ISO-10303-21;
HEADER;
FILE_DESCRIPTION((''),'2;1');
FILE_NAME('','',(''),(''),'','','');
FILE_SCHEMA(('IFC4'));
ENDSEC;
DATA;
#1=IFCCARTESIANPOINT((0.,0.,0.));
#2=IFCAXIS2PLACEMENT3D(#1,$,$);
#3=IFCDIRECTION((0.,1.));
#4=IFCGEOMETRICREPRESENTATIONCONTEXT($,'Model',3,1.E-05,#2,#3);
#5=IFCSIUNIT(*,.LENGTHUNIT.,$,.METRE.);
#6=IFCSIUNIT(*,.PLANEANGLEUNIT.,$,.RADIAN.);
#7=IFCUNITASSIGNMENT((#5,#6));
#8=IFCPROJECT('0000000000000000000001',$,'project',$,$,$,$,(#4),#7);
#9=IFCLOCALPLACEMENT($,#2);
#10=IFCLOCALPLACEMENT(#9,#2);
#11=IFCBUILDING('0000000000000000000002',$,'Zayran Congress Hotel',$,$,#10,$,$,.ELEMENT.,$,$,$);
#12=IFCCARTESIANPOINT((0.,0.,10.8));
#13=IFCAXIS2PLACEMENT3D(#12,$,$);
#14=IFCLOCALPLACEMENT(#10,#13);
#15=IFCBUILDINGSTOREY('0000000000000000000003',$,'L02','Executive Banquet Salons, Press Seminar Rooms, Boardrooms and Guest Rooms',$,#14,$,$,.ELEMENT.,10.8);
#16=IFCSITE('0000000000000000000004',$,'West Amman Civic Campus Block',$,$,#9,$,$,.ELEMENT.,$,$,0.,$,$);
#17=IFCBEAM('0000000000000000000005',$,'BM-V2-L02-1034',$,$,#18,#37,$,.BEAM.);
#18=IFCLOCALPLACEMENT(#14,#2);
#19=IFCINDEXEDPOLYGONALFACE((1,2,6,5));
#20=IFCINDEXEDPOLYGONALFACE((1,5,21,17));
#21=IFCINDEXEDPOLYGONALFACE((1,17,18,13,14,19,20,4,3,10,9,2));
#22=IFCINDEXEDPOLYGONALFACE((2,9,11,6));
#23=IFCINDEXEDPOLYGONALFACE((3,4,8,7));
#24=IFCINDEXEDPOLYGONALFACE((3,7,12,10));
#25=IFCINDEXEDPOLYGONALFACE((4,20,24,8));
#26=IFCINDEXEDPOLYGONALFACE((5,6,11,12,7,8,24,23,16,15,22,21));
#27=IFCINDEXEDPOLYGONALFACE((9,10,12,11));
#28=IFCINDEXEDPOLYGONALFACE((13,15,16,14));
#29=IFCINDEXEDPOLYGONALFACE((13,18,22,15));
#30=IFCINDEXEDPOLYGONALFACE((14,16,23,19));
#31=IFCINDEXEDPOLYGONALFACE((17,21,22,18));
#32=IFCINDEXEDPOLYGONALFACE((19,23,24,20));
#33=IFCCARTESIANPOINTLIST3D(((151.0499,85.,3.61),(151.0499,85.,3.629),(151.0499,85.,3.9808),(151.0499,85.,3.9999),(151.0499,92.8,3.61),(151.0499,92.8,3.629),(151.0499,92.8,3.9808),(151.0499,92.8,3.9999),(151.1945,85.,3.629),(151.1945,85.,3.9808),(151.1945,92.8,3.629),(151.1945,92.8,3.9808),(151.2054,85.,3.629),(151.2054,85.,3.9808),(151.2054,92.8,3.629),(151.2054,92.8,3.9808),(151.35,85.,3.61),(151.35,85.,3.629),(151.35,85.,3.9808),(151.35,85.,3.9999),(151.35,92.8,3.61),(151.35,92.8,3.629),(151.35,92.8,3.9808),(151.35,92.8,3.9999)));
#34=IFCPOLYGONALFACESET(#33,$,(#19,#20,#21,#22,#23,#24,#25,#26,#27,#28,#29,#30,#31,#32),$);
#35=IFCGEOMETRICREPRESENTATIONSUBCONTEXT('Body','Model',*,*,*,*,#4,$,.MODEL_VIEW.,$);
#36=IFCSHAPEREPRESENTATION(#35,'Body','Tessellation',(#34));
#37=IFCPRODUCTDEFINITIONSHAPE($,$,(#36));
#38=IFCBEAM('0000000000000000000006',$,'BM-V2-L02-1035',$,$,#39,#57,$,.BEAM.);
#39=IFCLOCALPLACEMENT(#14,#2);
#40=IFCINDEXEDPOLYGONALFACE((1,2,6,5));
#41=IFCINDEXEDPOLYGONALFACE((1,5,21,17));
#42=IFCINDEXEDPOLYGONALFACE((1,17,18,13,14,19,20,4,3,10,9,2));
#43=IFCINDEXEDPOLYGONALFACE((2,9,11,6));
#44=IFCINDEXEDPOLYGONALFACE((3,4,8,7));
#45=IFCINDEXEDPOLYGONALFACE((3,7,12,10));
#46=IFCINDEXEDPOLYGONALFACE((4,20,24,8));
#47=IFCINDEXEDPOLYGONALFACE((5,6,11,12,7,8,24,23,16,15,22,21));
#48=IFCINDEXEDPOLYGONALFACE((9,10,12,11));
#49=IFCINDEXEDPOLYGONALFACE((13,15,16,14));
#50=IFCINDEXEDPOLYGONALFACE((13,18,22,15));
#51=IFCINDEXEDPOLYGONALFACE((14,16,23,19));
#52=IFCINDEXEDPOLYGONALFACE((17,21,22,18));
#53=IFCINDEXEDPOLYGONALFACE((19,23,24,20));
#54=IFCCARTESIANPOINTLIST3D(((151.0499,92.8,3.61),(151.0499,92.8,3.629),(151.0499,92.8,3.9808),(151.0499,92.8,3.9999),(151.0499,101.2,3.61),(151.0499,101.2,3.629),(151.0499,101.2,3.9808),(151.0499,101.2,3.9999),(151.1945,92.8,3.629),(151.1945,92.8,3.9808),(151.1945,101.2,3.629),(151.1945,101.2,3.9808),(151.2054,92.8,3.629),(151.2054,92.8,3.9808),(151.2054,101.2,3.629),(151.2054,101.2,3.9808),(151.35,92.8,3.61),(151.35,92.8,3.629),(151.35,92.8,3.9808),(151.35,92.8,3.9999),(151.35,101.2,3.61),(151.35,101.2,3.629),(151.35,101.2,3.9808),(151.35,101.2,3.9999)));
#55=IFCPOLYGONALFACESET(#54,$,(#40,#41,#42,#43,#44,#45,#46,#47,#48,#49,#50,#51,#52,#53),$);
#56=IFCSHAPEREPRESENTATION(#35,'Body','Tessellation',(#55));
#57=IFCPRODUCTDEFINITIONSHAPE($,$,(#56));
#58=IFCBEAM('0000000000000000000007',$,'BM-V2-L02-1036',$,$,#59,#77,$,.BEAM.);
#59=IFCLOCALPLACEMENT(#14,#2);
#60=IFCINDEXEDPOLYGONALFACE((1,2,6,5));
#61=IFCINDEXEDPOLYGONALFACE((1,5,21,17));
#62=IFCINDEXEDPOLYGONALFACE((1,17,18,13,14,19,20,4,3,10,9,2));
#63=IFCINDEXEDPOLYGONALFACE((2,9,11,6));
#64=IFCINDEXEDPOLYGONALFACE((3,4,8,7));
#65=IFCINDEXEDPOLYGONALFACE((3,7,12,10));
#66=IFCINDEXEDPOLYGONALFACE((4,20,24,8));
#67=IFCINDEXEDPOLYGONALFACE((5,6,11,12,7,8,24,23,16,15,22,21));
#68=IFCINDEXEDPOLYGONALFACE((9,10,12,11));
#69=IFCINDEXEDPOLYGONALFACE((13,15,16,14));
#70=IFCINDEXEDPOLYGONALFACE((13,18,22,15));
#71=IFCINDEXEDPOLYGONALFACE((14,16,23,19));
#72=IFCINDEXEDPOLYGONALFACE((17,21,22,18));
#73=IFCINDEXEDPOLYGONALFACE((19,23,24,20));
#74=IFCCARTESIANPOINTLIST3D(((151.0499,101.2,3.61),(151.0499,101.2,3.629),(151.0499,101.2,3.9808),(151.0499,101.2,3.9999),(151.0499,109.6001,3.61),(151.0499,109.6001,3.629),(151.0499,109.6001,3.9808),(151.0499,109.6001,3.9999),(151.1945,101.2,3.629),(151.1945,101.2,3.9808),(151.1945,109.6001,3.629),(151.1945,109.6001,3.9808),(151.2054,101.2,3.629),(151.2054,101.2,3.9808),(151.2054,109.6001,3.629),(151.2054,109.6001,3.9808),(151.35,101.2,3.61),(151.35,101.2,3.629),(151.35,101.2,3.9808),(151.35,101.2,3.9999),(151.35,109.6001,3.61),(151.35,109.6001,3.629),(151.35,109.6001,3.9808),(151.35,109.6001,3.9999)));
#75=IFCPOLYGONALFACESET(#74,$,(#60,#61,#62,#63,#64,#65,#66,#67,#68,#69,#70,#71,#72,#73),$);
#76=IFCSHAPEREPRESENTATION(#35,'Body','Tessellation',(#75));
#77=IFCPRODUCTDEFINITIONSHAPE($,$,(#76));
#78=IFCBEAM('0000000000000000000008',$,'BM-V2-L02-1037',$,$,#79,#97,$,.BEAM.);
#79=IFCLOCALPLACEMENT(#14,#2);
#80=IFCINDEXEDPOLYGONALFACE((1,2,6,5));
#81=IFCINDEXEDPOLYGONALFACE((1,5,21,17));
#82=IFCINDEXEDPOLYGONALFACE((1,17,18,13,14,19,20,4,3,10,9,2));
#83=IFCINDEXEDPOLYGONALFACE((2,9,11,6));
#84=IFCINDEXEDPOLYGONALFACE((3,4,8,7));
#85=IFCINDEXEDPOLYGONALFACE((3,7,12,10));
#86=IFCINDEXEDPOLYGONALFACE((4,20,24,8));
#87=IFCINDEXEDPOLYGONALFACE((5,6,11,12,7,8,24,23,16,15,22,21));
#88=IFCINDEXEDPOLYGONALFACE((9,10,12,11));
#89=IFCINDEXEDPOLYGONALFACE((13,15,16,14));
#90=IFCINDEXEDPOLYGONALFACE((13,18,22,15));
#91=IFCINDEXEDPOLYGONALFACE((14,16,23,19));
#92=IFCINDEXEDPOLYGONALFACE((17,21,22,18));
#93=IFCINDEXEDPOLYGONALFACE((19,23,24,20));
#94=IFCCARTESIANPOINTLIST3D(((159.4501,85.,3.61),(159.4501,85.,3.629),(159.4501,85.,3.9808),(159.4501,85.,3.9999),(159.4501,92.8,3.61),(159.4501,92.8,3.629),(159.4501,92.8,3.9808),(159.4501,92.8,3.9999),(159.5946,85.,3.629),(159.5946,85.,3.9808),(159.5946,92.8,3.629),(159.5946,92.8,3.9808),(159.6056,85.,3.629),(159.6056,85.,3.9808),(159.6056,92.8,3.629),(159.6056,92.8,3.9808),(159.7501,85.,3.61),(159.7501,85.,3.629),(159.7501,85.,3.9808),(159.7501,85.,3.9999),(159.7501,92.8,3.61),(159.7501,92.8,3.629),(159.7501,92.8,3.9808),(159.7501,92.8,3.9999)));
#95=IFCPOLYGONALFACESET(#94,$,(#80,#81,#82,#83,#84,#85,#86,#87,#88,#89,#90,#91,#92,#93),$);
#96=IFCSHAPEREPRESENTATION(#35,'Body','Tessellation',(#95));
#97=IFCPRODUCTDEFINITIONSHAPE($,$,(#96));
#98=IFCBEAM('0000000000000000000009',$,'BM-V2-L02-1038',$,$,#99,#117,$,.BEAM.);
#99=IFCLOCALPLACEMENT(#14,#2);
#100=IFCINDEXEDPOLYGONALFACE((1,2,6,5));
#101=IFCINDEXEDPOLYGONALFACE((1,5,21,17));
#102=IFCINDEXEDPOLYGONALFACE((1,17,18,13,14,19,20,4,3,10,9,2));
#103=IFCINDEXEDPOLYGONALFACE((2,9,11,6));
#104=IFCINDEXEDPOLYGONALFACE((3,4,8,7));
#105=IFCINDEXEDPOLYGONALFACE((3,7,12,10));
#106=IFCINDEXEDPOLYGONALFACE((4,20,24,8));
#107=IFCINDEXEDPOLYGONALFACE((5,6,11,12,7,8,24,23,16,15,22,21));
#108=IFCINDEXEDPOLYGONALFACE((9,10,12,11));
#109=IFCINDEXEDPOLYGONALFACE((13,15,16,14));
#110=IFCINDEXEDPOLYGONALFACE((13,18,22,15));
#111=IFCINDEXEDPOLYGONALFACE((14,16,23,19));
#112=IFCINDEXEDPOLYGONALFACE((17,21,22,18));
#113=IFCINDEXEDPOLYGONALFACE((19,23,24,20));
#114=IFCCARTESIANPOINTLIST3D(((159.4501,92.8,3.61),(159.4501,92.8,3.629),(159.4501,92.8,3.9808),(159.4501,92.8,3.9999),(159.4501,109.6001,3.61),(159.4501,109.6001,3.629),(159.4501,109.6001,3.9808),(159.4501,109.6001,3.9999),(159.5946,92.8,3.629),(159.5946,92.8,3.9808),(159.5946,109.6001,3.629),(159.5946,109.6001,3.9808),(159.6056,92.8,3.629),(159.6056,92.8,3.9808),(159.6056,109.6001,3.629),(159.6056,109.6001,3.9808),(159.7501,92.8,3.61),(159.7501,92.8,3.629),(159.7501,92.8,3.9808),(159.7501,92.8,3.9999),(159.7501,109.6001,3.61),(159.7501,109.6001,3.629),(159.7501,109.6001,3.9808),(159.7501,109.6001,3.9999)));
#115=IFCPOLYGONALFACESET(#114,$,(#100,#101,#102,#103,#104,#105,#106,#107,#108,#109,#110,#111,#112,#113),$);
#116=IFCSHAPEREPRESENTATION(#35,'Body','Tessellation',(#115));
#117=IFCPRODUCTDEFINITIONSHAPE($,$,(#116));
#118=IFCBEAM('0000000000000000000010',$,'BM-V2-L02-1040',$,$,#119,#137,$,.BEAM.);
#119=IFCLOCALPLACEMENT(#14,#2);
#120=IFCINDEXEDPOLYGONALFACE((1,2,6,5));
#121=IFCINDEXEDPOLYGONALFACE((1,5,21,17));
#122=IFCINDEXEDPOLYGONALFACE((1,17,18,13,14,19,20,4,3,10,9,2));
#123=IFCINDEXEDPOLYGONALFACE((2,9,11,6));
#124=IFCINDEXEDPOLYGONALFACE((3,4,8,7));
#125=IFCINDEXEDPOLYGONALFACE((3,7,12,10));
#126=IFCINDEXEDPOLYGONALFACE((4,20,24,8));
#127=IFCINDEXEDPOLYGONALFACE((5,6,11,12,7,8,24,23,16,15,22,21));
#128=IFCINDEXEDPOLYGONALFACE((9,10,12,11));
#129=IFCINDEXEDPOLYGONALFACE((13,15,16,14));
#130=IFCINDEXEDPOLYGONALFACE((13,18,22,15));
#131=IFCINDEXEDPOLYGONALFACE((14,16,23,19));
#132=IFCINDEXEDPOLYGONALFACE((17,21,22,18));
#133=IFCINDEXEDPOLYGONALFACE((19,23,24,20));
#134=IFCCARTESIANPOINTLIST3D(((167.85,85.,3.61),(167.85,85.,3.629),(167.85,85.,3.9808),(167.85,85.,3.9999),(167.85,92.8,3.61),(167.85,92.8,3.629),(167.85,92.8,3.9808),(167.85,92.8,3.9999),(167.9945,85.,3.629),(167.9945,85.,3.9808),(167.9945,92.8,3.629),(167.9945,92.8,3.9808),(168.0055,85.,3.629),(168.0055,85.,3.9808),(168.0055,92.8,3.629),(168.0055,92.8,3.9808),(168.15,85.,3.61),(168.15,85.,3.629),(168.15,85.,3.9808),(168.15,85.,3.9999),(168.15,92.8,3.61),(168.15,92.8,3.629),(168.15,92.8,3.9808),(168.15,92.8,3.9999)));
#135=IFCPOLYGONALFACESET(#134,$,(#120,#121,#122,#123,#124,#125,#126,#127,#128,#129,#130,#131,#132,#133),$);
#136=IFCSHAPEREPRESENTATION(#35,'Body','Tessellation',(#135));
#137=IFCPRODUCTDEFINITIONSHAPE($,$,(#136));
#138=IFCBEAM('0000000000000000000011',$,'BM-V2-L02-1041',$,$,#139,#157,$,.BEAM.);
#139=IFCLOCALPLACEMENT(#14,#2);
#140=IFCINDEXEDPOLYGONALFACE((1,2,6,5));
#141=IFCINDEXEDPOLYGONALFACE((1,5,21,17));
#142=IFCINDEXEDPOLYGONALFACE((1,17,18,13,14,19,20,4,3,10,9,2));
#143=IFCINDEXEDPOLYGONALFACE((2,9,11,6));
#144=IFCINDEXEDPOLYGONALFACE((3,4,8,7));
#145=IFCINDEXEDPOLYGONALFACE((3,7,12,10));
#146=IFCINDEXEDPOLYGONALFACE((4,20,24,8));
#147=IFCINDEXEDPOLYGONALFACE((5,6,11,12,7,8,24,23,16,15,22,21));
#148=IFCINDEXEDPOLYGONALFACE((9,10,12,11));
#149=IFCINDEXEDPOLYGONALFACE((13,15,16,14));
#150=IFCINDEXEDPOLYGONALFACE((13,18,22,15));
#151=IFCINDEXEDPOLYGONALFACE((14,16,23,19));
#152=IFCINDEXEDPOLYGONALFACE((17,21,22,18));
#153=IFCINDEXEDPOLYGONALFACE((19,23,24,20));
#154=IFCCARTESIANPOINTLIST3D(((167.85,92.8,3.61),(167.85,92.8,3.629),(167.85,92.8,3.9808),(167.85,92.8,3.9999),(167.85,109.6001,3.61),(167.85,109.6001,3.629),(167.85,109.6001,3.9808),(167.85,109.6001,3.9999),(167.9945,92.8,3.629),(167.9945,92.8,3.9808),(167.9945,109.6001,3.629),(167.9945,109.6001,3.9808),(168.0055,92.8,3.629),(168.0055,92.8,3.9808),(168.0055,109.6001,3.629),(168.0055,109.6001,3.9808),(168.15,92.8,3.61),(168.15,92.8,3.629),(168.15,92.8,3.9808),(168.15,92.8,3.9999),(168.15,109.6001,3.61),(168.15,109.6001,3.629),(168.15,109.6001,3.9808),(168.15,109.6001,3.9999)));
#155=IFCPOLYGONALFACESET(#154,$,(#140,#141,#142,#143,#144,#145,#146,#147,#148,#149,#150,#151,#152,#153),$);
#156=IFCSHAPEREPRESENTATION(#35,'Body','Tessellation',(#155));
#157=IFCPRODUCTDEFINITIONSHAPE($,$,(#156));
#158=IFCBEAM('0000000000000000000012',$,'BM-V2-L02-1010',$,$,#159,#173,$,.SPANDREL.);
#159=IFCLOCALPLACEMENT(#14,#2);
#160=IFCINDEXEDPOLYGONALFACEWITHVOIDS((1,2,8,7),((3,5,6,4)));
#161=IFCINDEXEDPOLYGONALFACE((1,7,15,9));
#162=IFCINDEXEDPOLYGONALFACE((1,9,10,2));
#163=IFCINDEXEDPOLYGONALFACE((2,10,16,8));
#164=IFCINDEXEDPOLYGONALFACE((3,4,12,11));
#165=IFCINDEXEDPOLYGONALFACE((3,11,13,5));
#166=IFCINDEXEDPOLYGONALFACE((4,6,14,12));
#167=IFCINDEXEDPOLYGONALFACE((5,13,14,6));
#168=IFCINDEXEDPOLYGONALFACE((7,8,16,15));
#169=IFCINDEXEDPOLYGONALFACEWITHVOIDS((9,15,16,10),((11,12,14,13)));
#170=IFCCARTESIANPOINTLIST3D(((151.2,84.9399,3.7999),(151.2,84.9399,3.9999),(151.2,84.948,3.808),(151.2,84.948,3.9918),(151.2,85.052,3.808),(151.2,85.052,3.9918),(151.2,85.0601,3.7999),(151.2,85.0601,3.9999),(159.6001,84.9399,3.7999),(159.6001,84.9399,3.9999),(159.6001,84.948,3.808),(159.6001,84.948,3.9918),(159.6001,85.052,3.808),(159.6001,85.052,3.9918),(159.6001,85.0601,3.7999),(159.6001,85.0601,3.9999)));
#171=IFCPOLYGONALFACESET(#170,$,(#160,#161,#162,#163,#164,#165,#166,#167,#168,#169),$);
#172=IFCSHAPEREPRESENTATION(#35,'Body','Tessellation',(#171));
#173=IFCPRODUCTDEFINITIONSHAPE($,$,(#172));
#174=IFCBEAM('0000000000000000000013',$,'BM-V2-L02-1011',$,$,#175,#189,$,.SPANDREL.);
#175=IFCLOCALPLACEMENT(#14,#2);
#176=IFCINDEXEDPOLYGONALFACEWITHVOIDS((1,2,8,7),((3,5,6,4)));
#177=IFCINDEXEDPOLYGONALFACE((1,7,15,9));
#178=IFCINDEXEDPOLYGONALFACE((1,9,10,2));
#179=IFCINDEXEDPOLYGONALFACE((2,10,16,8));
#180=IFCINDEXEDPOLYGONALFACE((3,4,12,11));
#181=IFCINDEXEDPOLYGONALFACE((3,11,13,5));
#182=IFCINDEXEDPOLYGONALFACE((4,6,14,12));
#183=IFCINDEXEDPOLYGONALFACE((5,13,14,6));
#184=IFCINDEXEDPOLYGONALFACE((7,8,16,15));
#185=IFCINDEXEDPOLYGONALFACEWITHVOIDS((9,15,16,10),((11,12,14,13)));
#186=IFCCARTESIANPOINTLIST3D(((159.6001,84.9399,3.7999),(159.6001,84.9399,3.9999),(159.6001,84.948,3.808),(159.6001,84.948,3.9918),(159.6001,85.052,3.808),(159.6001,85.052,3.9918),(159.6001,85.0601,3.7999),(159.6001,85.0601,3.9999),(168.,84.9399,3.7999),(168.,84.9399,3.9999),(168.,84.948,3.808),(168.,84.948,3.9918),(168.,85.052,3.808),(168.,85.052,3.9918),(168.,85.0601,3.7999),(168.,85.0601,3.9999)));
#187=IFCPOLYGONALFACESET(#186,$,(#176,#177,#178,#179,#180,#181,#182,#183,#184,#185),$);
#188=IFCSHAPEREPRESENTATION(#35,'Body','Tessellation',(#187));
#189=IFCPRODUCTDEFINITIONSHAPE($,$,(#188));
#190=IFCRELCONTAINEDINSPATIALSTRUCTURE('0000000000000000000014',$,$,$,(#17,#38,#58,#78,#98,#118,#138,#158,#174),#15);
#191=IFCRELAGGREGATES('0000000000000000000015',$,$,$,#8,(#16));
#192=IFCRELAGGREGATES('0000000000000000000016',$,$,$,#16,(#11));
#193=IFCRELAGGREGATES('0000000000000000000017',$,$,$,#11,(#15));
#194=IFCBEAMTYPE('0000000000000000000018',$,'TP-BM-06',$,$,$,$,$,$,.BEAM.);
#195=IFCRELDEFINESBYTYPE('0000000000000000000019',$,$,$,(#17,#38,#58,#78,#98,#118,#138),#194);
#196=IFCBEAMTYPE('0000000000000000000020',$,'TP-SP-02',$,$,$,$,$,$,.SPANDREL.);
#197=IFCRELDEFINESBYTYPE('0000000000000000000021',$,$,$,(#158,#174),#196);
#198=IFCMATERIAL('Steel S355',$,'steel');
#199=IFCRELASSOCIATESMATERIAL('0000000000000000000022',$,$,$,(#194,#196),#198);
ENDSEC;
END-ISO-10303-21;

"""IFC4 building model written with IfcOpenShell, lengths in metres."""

from ifc_helpers import new_model, si_unit, direction, frame, origin, origin_2d, place, context, subcontext, project, spatial, hollow_rectangle, i_section, extrude, material, material_profile, profile_set, type_object, element, save


model = new_model("IFC4")

# Units and contexts
model_context = context("Model", 3, precision=1e-05, world=origin(), true_north=direction((0.0, 1.0)))
body_context = subcontext(model_context, "Body", "Model", "MODEL_VIEW")
ifc_project = project(units=[si_unit("LENGTHUNIT", "METRE"), si_unit("PLANEANGLEUNIT", "RADIAN")], contexts=[model_context])

# Site, building, storey
site_placement = place(None, origin())
site = spatial("IfcSite", under=ifc_project, at=site_placement, Name="West Amman Civic Campus Block", CompositionType="ELEMENT", RefElevation=0.0)
building_placement = place(site_placement, origin())
building = spatial("IfcBuilding", under=site, at=building_placement, Name="Zayran Congress Hotel", CompositionType="ELEMENT")
storey_placement = place(building_placement, frame((0.0, 0.0, 10.8)))
storey = spatial("IfcBuildingStorey", under=building, at=storey_placement, Name="L02", Description="Executive Banquet Salons, Press Seminar Rooms, Boardrooms and Guest Rooms", CompositionType="ELEMENT", Elevation=10.8)

# Shared definitions
ifc_material_1 = material(Name="Steel S355", Category="steel")

# Beams
ifc_material_profile_1 = material_profile(ifc_material_1, i_section(OverallWidth=0.3, OverallDepth=0.3899, WebThickness=0.011, FlangeThickness=0.019, at=origin_2d()), Name="HEA 400")
ifc_profile_set_1 = profile_set([ifc_material_profile_1], Name="Steel S355")
beam_type_1 = type_object("IfcBeamType", Name="TP-BM-06", PredefinedType="BEAM", material=ifc_profile_set_1)
beam_1_placement = place(storey_placement, frame((151.2, 85.0, 3.8049), z_axis=(0.0, 1.0, 0.0), x_axis=(-1.0, 0.0, 0.0)))
element("IfcBeam", 1, at=beam_1_placement, inside=storey, type_object=beam_type_1, Name="BM-V2-L02-1034", PredefinedType="BEAM", context=body_context, shape_type="SweptSolid", body=[
    extrude(i_section(OverallWidth=0.3, OverallDepth=0.3899, WebThickness=0.011, FlangeThickness=0.019, at=origin_2d()), origin(), (0.0, 0.0, 1.0), 7.8),
])
beam_2_placement = place(storey_placement, frame((151.2, 92.8, 3.8049), z_axis=(0.0, 1.0, 0.0), x_axis=(-1.0, 0.0, 0.0)))
element("IfcBeam", 2, at=beam_2_placement, inside=storey, type_object=beam_type_1, Name="BM-V2-L02-1035", PredefinedType="BEAM", context=body_context, shape_type="SweptSolid", body=[
    extrude(i_section(OverallWidth=0.3, OverallDepth=0.3899, WebThickness=0.011, FlangeThickness=0.019, at=origin_2d()), origin(), (0.0, 0.0, 1.0), 8.3999),
])
beam_3_placement = place(storey_placement, frame((151.2, 101.2, 3.8049), z_axis=(0.0, 1.0, 0.0), x_axis=(-1.0, 0.0, 0.0)))
element("IfcBeam", 3, at=beam_3_placement, inside=storey, type_object=beam_type_1, Name="BM-V2-L02-1036", PredefinedType="BEAM", context=body_context, shape_type="SweptSolid", body=[
    extrude(i_section(OverallWidth=0.3, OverallDepth=0.3899, WebThickness=0.011, FlangeThickness=0.019, at=origin_2d()), origin(), (0.0, 0.0, 1.0), 8.4001),
])
beam_4_placement = place(storey_placement, frame((159.6001, 85.0, 3.8049), z_axis=(0.0, 1.0, 0.0), x_axis=(-1.0, 0.0, 0.0)))
element("IfcBeam", 4, at=beam_4_placement, inside=storey, type_object=beam_type_1, Name="BM-V2-L02-1037", PredefinedType="BEAM", context=body_context, shape_type="SweptSolid", body=[
    extrude(i_section(OverallWidth=0.3, OverallDepth=0.3899, WebThickness=0.011, FlangeThickness=0.019, at=origin_2d()), origin(), (0.0, 0.0, 1.0), 7.8),
])
beam_5_placement = place(storey_placement, frame((159.6001, 92.8, 3.8049), z_axis=(0.0, 1.0, 0.0), x_axis=(-1.0, 0.0, 0.0)))
element("IfcBeam", 5, at=beam_5_placement, inside=storey, type_object=beam_type_1, Name="BM-V2-L02-1038", PredefinedType="BEAM", context=body_context, shape_type="SweptSolid", body=[
    extrude(i_section(OverallWidth=0.3, OverallDepth=0.3899, WebThickness=0.011, FlangeThickness=0.019, at=origin_2d()), origin(), (0.0, 0.0, 1.0), 16.8),
])
beam_6_placement = place(storey_placement, frame((168.0, 85.0, 3.8049), z_axis=(0.0, 1.0, 0.0), x_axis=(-1.0, 0.0, 0.0)))
element("IfcBeam", 6, at=beam_6_placement, inside=storey, type_object=beam_type_1, Name="BM-V2-L02-1040", PredefinedType="BEAM", context=body_context, shape_type="SweptSolid", body=[
    extrude(i_section(OverallWidth=0.3, OverallDepth=0.3899, WebThickness=0.011, FlangeThickness=0.019, at=origin_2d()), origin(), (0.0, 0.0, 1.0), 7.8),
])
beam_7_placement = place(storey_placement, frame((168.0, 92.8, 3.8049), z_axis=(0.0, 1.0, 0.0), x_axis=(-1.0, 0.0, 0.0)))
element("IfcBeam", 7, at=beam_7_placement, inside=storey, type_object=beam_type_1, Name="BM-V2-L02-1041", PredefinedType="BEAM", context=body_context, shape_type="SweptSolid", body=[
    extrude(i_section(OverallWidth=0.3, OverallDepth=0.3899, WebThickness=0.011, FlangeThickness=0.019, at=origin_2d()), origin(), (0.0, 0.0, 1.0), 16.8),
])
ifc_material_profile_2 = material_profile(ifc_material_1, hollow_rectangle(XDim=0.1201, YDim=0.2, WallThickness=0.0081, at=origin_2d()), Name="RHS 200x120x8")
ifc_profile_set_2 = profile_set([ifc_material_profile_2], Name="Steel S355")
beam_type_2 = type_object("IfcBeamType", Name="TP-SP-02", PredefinedType="SPANDREL", material=ifc_profile_set_2)
beam_8_placement = place(storey_placement, frame((151.2, 85.0, 3.8999), z_axis=(1.0, 0.0, 0.0), x_axis=(0.0, 1.0, 0.0)))
element("IfcBeam", 8, at=beam_8_placement, inside=storey, type_object=beam_type_2, Name="BM-V2-L02-1010", PredefinedType="SPANDREL", context=body_context, shape_type="SweptSolid", body=[
    extrude(hollow_rectangle(XDim=0.1201, YDim=0.2, WallThickness=0.0081, at=origin_2d()), origin(), (0.0, 0.0, 1.0), 8.4001),
])
for number, where, z_axis, x_axis, name in (
    (9, (159.6001, 85.0, 3.8999), (1.0, 0.0, 0.0), (0.0, 1.0, 0.0), "BM-V2-L02-1011"),
):
    element("IfcBeam", number, at=place(storey_placement, frame(where, z_axis=z_axis, x_axis=x_axis)), inside=storey, type_object=beam_type_2, Name=name, PredefinedType="SPANDREL", context=body_context, shape_type="SweptSolid", body=[
        extrude(hollow_rectangle(XDim=0.1201, YDim=0.2, WallThickness=0.0081, at=origin_2d()), origin(), (0.0, 0.0, 1.0), 8.3999),
    ])

save(model, "model.ifc")
